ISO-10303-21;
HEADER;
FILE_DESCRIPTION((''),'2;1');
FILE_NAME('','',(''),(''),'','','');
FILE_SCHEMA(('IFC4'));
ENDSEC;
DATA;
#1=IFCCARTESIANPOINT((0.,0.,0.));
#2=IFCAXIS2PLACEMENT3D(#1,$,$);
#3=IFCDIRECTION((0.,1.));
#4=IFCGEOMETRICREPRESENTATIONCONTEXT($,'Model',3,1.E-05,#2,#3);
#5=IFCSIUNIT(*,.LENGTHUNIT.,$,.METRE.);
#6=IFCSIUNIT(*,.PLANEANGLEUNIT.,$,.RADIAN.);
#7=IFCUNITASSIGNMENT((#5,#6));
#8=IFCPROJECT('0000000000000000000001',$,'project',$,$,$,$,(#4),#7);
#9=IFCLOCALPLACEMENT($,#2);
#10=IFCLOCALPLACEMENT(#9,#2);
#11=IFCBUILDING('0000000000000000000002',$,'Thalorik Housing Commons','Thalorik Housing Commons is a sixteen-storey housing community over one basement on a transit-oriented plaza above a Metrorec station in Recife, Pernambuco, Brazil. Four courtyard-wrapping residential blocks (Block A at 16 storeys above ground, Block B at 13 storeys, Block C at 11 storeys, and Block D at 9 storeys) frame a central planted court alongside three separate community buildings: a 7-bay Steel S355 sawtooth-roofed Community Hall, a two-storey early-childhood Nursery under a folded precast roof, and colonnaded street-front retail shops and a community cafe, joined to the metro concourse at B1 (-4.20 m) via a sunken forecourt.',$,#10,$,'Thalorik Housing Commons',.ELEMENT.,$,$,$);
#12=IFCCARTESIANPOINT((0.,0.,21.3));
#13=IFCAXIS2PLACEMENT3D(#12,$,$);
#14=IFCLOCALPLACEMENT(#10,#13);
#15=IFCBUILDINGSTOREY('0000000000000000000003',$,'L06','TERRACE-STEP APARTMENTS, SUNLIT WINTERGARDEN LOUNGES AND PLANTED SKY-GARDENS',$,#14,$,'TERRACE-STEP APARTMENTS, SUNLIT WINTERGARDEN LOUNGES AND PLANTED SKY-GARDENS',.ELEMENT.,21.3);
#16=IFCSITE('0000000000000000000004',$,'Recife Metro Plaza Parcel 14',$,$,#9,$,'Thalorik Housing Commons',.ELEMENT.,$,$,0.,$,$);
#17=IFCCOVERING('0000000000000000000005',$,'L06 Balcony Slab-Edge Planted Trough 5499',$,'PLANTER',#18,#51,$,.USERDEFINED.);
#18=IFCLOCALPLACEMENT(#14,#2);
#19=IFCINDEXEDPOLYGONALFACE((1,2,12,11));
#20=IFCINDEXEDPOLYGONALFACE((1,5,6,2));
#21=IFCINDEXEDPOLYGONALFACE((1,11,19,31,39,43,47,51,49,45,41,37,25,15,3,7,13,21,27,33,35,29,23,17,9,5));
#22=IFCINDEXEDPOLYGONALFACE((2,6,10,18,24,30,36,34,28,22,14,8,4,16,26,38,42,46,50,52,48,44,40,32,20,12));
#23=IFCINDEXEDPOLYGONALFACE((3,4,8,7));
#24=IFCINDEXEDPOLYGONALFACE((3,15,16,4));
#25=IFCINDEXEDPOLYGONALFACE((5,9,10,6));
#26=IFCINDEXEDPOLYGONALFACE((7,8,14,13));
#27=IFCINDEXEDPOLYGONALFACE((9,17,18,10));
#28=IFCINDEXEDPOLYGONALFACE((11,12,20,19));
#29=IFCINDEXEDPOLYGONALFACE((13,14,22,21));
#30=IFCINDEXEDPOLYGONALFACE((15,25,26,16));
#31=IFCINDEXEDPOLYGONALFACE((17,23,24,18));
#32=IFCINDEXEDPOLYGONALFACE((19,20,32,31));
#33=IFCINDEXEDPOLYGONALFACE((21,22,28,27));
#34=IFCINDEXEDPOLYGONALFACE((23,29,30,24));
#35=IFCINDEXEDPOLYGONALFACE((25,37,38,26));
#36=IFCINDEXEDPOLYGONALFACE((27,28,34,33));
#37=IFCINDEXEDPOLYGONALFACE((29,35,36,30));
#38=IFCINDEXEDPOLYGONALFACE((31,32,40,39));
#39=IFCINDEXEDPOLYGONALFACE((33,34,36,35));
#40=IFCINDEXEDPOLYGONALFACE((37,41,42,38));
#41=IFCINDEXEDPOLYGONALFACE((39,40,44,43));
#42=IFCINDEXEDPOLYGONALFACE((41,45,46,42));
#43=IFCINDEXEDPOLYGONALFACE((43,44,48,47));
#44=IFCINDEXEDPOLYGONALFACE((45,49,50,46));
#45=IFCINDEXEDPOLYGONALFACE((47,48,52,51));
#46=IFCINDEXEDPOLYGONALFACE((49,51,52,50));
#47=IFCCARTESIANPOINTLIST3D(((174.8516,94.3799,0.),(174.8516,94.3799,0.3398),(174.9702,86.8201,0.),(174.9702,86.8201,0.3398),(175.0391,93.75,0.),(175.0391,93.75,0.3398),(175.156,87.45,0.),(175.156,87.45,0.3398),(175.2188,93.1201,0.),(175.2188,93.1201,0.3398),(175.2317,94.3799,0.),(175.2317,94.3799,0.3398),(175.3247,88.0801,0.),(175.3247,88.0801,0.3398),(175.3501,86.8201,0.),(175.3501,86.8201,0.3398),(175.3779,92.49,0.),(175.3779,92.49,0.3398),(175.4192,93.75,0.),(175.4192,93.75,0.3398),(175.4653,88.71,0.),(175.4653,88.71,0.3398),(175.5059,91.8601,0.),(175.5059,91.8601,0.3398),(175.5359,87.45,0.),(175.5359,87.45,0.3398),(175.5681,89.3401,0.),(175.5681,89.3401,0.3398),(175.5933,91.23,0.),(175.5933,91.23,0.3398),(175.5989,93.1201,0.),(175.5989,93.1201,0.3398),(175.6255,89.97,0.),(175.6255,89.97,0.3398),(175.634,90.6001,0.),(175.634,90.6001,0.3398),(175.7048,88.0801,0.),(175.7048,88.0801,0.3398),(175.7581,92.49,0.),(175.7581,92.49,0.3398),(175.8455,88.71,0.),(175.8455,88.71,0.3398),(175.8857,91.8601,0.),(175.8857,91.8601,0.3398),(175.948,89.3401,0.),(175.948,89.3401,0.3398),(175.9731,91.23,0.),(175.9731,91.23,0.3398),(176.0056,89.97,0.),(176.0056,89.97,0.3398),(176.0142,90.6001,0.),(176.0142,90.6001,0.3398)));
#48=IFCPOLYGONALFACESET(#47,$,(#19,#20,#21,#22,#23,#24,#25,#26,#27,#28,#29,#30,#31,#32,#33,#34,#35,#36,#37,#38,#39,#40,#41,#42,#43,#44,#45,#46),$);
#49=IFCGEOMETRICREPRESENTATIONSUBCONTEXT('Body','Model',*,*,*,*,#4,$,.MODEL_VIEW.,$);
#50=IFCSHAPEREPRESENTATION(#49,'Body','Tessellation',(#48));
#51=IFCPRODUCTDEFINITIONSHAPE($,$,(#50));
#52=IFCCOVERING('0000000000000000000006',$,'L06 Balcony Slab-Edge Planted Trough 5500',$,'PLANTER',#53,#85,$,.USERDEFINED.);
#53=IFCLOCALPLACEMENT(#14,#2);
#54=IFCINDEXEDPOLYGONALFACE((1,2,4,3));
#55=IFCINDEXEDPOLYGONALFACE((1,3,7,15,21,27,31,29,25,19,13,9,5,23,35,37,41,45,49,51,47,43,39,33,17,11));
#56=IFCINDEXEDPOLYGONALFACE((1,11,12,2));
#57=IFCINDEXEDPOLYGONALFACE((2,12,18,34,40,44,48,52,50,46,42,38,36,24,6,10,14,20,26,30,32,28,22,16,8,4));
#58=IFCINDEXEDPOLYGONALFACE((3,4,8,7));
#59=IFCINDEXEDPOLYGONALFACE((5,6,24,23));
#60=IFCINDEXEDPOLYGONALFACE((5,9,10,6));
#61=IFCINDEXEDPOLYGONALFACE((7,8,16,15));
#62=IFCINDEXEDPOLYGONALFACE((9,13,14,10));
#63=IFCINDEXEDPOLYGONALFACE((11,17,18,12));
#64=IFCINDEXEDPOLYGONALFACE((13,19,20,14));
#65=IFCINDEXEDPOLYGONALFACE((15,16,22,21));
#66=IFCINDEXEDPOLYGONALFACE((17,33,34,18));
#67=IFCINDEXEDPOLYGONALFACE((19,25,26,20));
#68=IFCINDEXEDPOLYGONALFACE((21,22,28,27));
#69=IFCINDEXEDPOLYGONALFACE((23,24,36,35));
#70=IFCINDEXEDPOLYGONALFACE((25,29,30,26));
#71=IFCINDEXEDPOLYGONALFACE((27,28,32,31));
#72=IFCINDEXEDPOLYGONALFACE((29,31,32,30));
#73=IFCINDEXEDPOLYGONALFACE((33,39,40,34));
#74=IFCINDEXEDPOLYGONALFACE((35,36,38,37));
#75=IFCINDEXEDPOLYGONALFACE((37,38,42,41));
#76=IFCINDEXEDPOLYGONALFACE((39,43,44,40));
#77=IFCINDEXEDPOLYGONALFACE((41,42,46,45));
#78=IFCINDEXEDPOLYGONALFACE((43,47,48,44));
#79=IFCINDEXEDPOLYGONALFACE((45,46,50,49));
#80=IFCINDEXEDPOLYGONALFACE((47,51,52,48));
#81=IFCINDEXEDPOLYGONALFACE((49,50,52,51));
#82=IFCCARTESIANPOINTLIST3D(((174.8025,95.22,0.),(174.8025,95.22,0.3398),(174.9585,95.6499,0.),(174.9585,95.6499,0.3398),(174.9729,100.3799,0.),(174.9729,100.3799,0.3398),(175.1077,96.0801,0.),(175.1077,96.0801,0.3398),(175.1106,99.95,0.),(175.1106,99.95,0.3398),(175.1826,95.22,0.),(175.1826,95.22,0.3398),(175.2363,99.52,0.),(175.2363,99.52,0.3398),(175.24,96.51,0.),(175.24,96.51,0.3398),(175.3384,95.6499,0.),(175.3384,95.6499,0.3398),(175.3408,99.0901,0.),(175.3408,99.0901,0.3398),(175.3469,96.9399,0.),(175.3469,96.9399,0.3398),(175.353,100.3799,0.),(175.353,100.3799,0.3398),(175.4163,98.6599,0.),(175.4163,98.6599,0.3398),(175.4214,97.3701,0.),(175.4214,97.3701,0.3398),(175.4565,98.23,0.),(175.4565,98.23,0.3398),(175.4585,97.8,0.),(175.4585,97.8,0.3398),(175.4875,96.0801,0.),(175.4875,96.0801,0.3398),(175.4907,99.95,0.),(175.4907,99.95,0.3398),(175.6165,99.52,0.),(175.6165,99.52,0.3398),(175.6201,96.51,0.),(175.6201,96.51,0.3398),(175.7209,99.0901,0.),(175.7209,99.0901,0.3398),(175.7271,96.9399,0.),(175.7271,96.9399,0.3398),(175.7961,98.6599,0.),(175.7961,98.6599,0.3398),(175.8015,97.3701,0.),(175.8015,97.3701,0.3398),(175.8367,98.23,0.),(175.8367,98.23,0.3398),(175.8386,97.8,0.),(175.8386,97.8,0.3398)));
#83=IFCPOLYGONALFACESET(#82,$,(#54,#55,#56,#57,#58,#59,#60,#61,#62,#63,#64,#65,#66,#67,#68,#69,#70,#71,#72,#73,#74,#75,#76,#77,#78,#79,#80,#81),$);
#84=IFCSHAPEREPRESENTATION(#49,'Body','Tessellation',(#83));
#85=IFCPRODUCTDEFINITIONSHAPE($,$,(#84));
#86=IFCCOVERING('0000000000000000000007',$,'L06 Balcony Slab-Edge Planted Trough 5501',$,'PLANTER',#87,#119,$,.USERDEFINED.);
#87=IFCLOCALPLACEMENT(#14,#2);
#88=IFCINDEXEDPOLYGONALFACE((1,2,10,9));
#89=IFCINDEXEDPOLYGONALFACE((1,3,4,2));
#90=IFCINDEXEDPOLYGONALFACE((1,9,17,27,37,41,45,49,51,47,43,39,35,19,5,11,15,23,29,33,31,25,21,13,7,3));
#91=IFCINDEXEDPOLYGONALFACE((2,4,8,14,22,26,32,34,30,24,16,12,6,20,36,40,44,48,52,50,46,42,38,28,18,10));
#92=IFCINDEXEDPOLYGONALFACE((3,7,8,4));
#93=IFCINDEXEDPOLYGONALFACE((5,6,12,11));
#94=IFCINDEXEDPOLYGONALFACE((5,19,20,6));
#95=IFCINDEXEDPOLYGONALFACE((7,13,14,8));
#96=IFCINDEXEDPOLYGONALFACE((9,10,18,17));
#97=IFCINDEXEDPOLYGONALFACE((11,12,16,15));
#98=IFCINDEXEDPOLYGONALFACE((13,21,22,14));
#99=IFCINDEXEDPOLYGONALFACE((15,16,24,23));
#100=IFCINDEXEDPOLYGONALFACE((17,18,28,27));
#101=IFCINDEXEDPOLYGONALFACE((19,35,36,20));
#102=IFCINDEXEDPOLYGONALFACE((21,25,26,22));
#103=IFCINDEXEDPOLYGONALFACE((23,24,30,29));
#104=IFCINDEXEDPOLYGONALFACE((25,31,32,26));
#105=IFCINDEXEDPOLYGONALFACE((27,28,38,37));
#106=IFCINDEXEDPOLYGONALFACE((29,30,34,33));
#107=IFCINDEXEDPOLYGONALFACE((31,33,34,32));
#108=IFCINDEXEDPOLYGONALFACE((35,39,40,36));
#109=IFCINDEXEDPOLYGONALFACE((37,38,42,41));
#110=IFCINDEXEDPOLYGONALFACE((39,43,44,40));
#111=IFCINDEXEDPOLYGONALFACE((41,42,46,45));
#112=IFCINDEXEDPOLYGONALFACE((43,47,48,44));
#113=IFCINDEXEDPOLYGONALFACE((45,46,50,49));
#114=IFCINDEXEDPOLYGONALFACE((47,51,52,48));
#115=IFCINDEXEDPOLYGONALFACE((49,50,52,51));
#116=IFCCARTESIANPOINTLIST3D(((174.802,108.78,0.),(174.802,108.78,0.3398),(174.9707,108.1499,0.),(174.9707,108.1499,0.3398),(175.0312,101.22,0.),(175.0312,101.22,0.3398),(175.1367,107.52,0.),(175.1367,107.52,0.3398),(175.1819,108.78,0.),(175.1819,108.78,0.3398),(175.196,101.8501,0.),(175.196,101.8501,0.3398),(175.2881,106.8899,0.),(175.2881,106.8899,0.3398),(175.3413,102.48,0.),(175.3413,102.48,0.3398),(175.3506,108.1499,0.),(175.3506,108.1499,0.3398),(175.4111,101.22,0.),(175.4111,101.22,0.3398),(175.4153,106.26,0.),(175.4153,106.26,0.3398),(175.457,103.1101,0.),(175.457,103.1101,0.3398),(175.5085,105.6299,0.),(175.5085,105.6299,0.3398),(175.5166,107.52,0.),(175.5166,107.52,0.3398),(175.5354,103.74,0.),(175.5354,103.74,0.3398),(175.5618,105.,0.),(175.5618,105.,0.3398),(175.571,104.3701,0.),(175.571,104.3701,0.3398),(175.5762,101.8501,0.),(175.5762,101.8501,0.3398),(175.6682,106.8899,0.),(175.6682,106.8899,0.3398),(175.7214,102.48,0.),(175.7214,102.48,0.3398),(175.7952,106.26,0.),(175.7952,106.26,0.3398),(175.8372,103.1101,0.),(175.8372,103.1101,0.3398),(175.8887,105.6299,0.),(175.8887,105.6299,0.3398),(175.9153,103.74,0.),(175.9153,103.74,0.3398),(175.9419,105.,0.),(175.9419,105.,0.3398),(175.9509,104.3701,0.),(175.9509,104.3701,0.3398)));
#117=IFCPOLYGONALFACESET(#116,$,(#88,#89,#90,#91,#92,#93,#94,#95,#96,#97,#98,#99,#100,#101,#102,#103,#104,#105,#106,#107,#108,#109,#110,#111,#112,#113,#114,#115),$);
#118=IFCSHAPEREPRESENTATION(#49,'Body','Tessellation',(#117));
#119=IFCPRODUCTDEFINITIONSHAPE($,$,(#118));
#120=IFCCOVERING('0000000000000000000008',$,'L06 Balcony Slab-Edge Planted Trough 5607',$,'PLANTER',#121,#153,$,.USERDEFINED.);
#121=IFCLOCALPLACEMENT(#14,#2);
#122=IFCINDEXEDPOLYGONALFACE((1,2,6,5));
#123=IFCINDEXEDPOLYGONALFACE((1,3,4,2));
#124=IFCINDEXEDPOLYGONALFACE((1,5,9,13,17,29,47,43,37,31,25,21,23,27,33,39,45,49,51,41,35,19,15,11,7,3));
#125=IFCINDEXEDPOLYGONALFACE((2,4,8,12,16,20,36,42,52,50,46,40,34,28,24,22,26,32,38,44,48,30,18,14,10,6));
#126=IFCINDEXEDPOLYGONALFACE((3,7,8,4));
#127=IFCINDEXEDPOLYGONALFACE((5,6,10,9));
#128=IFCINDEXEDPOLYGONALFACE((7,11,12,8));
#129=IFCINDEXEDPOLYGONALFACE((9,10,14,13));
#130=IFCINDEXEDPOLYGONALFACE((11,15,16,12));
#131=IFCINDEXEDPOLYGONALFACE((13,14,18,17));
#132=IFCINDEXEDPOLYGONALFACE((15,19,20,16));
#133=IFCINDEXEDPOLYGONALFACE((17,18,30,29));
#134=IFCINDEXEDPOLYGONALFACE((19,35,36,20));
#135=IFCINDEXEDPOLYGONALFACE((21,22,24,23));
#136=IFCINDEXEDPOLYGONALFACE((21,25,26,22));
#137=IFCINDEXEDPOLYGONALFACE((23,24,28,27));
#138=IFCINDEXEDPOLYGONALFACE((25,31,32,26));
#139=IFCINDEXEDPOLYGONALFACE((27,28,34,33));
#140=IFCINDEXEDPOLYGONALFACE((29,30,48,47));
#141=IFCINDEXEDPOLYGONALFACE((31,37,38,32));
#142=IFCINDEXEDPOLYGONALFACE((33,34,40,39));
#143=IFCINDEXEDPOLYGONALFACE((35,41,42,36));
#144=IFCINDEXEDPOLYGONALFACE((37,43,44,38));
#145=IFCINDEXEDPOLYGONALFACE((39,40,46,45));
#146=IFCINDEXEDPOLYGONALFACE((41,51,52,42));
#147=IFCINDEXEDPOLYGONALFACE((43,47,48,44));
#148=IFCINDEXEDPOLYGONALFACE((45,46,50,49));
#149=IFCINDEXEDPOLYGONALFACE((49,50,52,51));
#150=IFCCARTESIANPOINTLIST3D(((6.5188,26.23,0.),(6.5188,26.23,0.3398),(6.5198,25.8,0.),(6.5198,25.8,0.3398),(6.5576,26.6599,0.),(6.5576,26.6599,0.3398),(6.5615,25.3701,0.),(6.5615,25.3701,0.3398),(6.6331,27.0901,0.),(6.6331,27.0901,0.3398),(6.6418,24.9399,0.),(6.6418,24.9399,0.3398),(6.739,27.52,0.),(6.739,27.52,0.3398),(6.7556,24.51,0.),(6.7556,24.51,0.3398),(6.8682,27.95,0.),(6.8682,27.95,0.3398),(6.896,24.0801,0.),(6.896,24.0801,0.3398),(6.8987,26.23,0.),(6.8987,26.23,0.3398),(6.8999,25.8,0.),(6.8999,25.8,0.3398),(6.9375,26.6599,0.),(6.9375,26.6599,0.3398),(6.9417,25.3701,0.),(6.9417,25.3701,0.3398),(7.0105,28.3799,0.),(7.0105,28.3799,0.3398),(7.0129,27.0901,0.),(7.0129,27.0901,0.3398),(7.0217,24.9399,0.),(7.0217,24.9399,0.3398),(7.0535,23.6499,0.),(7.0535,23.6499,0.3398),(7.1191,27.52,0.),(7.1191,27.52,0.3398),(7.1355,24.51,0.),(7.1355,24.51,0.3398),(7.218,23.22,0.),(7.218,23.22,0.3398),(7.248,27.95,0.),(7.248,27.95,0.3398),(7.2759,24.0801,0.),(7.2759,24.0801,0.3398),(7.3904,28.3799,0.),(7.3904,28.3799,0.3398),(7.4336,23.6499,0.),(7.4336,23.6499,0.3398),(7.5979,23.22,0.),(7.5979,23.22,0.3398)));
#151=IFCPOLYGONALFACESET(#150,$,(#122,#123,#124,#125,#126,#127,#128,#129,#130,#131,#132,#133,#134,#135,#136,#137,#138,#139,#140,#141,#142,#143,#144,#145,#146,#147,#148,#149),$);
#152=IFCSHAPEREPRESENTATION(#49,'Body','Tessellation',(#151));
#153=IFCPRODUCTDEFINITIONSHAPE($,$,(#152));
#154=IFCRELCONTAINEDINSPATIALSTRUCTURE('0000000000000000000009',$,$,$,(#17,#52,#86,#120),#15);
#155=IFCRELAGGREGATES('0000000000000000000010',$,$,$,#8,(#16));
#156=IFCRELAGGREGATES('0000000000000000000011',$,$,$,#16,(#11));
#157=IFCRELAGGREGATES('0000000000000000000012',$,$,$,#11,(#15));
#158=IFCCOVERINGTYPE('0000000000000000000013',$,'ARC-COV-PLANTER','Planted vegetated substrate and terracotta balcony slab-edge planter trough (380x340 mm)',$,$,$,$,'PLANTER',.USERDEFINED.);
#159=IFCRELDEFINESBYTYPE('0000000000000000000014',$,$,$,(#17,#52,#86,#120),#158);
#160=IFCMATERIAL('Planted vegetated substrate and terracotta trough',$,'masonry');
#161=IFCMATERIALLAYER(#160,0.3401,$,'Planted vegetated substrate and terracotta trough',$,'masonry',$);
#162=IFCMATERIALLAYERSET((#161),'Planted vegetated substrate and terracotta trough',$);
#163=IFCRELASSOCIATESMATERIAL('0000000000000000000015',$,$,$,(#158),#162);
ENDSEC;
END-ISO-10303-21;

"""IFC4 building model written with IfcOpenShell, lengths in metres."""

from ifc_helpers import new_model, si_unit, direction, frame, origin, place, context, subcontext, project, spatial, polyline, outline, extrude, material, layer, layer_set, type_object, element, save


model = new_model("IFC4")

# Units and contexts
model_context = context("Model", 3, precision=1e-05, world=origin(), true_north=direction((0.0, 1.0)))
body_context = subcontext(model_context, "Body", "Model", "MODEL_VIEW")
ifc_project = project(units=[si_unit("LENGTHUNIT", "METRE"), si_unit("PLANEANGLEUNIT", "RADIAN")], contexts=[model_context])

# Site, building, storey
site_placement = place(None, origin())
site = spatial("IfcSite", under=ifc_project, at=site_placement, Name="Recife Metro Plaza Parcel 14", LongName="Thalorik Housing Commons", CompositionType="ELEMENT", RefElevation=0.0)
building_placement = place(site_placement, origin())
building = spatial("IfcBuilding", under=site, at=building_placement, Name="Thalorik Housing Commons", Description="Thalorik Housing Commons is a sixteen-storey housing community over one basement on a transit-oriented plaza above a Metrorec station in Recife, Pernambuco, Brazil. Four courtyard-wrapping residential blocks (Block A at 16 storeys above ground, Block B at 13 storeys, Block C at 11 storeys, and Block D at 9 storeys) frame a central planted court alongside three separate community buildings: a 7-bay Steel S355 sawtooth-roofed Community Hall, a two-storey early-childhood Nursery under a folded precast roof, and colonnaded street-front retail shops and a community cafe, joined to the metro concourse at B1 (-4.20 m) via a sunken forecourt.", LongName="Thalorik Housing Commons", CompositionType="ELEMENT")
storey_placement = place(building_placement, frame((0.0, 0.0, 21.3)))
storey = spatial("IfcBuildingStorey", under=building, at=storey_placement, Name="L06", Description="TERRACE-STEP APARTMENTS, SUNLIT WINTERGARDEN LOUNGES AND PLANTED SKY-GARDENS", LongName="TERRACE-STEP APARTMENTS, SUNLIT WINTERGARDEN LOUNGES AND PLANTED SKY-GARDENS", CompositionType="ELEMENT", Elevation=21.3)

# Coverings
ifc_material = material(Name="Planted vegetated substrate and terracotta trough", Category="masonry")
ifc_layer = layer(ifc_material, 0.3401, Name="Planted vegetated substrate and terracotta trough", Category="masonry")
ifc_layer_set = layer_set([ifc_layer], Name="Planted vegetated substrate and terracotta trough")
covering_type = type_object("IfcCoveringType", Name="ARC-COV-PLANTER", Description="Planted vegetated substrate and terracotta balcony slab-edge planter trough (380x340 mm)", ElementType="PLANTER", PredefinedType="USERDEFINED", material=ifc_layer_set)
covering_1_placement = place(storey_placement, origin())
element("IfcCovering", 1, at=covering_1_placement, inside=storey, type_object=covering_type, Name="L06 Balcony Slab-Edge Planted Trough 5499", ObjectType="PLANTER", PredefinedType="USERDEFINED", context=body_context, shape_type="SweptSolid", body=[
    extrude(outline(polyline([(175.3501, 86.8201), (175.5359, 87.45), (175.7048, 88.0801), (175.8455, 88.71), (175.948, 89.3401), (176.0056, 89.97), (176.0142, 90.6001), (175.9731, 91.23), (175.8857, 91.8601), (175.7581, 92.49), (175.5989, 93.1201), (175.4192, 93.75), (175.2317, 94.3799), (174.8516, 94.3799), (175.0391, 93.75), (175.2188, 93.1201), (175.3779, 92.49), (175.5059, 91.8601), (175.5933, 91.23), (175.634, 90.6001), (175.6255, 89.97), (175.5681, 89.3401), (175.4653, 88.71), (175.3247, 88.0801), (175.156, 87.45), (174.9702, 86.8201), (175.3501, 86.8201)])), origin(), (0.0, 0.0, 1.0), 0.3398),
])
covering_2_placement = place(storey_placement, origin())
element("IfcCovering", 2, at=covering_2_placement, inside=storey, type_object=covering_type, Name="L06 Balcony Slab-Edge Planted Trough 5500", ObjectType="PLANTER", PredefinedType="USERDEFINED", context=body_context, shape_type="SweptSolid", body=[
    extrude(outline(polyline([(175.1826, 95.22), (175.3384, 95.6499), (175.4875, 96.0801), (175.6201, 96.51), (175.7271, 96.9399), (175.8015, 97.3701), (175.8386, 97.8), (175.8367, 98.23), (175.7961, 98.6599), (175.7209, 99.0901), (175.6165, 99.52), (175.4907, 99.95), (175.353, 100.3799), (174.9729, 100.3799), (175.1106, 99.95), (175.2363, 99.52), (175.3408, 99.0901), (175.4163, 98.6599), (175.4565, 98.23), (175.4585, 97.8), (175.4214, 97.3701), (175.3469, 96.9399), (175.24, 96.51), (175.1077, 96.0801), (174.9585, 95.6499), (174.8025, 95.22), (175.1826, 95.22)])), origin(), (0.0, 0.0, 1.0), 0.3398),
])
covering_3_placement = place(storey_placement, origin())
element("IfcCovering", 3, at=covering_3_placement, inside=storey, type_object=covering_type, Name="L06 Balcony Slab-Edge Planted Trough 5501", ObjectType="PLANTER", PredefinedType="USERDEFINED", context=body_context, shape_type="SweptSolid", body=[
    extrude(outline(polyline([(175.4111, 101.22), (175.5762, 101.8501), (175.7214, 102.48), (175.8372, 103.1101), (175.9153, 103.74), (175.9509, 104.3701), (175.9419, 105.0), (175.8887, 105.6299), (175.7952, 106.26), (175.6682, 106.8899), (175.5166, 107.52), (175.3506, 108.1499), (175.1819, 108.78), (174.802, 108.78), (174.9707, 108.1499), (175.1367, 107.52), (175.2881, 106.8899), (175.4153, 106.26), (175.5085, 105.6299), (175.5618, 105.0), (175.571, 104.3701), (175.5354, 103.74), (175.457, 103.1101), (175.3413, 102.48), (175.196, 101.8501), (175.0312, 101.22), (175.4111, 101.22)])), origin(), (0.0, 0.0, 1.0), 0.3398),
])
covering_4_placement = place(storey_placement, origin())
element("IfcCovering", 4, at=covering_4_placement, inside=storey, type_object=covering_type, Name="L06 Balcony Slab-Edge Planted Trough 5607", ObjectType="PLANTER", PredefinedType="USERDEFINED", context=body_context, shape_type="SweptSolid", body=[
    extrude(outline(polyline([(7.0105, 28.3799), (6.8682, 27.95), (6.739, 27.52), (6.6331, 27.0901), (6.5576, 26.6599), (6.5188, 26.23), (6.5198, 25.8), (6.5615, 25.3701), (6.6418, 24.9399), (6.7556, 24.51), (6.896, 24.0801), (7.0535, 23.6499), (7.218, 23.22), (7.5979, 23.22), (7.4336, 23.6499), (7.2759, 24.0801), (7.1355, 24.51), (7.0217, 24.9399), (6.9417, 25.3701), (6.8999, 25.8), (6.8987, 26.23), (6.9375, 26.6599), (7.0129, 27.0901), (7.1191, 27.52), (7.248, 27.95), (7.3904, 28.3799), (7.0105, 28.3799)])), origin(), (0.0, 0.0, 1.0), 0.3398),
])

save(model, "model.ifc")
